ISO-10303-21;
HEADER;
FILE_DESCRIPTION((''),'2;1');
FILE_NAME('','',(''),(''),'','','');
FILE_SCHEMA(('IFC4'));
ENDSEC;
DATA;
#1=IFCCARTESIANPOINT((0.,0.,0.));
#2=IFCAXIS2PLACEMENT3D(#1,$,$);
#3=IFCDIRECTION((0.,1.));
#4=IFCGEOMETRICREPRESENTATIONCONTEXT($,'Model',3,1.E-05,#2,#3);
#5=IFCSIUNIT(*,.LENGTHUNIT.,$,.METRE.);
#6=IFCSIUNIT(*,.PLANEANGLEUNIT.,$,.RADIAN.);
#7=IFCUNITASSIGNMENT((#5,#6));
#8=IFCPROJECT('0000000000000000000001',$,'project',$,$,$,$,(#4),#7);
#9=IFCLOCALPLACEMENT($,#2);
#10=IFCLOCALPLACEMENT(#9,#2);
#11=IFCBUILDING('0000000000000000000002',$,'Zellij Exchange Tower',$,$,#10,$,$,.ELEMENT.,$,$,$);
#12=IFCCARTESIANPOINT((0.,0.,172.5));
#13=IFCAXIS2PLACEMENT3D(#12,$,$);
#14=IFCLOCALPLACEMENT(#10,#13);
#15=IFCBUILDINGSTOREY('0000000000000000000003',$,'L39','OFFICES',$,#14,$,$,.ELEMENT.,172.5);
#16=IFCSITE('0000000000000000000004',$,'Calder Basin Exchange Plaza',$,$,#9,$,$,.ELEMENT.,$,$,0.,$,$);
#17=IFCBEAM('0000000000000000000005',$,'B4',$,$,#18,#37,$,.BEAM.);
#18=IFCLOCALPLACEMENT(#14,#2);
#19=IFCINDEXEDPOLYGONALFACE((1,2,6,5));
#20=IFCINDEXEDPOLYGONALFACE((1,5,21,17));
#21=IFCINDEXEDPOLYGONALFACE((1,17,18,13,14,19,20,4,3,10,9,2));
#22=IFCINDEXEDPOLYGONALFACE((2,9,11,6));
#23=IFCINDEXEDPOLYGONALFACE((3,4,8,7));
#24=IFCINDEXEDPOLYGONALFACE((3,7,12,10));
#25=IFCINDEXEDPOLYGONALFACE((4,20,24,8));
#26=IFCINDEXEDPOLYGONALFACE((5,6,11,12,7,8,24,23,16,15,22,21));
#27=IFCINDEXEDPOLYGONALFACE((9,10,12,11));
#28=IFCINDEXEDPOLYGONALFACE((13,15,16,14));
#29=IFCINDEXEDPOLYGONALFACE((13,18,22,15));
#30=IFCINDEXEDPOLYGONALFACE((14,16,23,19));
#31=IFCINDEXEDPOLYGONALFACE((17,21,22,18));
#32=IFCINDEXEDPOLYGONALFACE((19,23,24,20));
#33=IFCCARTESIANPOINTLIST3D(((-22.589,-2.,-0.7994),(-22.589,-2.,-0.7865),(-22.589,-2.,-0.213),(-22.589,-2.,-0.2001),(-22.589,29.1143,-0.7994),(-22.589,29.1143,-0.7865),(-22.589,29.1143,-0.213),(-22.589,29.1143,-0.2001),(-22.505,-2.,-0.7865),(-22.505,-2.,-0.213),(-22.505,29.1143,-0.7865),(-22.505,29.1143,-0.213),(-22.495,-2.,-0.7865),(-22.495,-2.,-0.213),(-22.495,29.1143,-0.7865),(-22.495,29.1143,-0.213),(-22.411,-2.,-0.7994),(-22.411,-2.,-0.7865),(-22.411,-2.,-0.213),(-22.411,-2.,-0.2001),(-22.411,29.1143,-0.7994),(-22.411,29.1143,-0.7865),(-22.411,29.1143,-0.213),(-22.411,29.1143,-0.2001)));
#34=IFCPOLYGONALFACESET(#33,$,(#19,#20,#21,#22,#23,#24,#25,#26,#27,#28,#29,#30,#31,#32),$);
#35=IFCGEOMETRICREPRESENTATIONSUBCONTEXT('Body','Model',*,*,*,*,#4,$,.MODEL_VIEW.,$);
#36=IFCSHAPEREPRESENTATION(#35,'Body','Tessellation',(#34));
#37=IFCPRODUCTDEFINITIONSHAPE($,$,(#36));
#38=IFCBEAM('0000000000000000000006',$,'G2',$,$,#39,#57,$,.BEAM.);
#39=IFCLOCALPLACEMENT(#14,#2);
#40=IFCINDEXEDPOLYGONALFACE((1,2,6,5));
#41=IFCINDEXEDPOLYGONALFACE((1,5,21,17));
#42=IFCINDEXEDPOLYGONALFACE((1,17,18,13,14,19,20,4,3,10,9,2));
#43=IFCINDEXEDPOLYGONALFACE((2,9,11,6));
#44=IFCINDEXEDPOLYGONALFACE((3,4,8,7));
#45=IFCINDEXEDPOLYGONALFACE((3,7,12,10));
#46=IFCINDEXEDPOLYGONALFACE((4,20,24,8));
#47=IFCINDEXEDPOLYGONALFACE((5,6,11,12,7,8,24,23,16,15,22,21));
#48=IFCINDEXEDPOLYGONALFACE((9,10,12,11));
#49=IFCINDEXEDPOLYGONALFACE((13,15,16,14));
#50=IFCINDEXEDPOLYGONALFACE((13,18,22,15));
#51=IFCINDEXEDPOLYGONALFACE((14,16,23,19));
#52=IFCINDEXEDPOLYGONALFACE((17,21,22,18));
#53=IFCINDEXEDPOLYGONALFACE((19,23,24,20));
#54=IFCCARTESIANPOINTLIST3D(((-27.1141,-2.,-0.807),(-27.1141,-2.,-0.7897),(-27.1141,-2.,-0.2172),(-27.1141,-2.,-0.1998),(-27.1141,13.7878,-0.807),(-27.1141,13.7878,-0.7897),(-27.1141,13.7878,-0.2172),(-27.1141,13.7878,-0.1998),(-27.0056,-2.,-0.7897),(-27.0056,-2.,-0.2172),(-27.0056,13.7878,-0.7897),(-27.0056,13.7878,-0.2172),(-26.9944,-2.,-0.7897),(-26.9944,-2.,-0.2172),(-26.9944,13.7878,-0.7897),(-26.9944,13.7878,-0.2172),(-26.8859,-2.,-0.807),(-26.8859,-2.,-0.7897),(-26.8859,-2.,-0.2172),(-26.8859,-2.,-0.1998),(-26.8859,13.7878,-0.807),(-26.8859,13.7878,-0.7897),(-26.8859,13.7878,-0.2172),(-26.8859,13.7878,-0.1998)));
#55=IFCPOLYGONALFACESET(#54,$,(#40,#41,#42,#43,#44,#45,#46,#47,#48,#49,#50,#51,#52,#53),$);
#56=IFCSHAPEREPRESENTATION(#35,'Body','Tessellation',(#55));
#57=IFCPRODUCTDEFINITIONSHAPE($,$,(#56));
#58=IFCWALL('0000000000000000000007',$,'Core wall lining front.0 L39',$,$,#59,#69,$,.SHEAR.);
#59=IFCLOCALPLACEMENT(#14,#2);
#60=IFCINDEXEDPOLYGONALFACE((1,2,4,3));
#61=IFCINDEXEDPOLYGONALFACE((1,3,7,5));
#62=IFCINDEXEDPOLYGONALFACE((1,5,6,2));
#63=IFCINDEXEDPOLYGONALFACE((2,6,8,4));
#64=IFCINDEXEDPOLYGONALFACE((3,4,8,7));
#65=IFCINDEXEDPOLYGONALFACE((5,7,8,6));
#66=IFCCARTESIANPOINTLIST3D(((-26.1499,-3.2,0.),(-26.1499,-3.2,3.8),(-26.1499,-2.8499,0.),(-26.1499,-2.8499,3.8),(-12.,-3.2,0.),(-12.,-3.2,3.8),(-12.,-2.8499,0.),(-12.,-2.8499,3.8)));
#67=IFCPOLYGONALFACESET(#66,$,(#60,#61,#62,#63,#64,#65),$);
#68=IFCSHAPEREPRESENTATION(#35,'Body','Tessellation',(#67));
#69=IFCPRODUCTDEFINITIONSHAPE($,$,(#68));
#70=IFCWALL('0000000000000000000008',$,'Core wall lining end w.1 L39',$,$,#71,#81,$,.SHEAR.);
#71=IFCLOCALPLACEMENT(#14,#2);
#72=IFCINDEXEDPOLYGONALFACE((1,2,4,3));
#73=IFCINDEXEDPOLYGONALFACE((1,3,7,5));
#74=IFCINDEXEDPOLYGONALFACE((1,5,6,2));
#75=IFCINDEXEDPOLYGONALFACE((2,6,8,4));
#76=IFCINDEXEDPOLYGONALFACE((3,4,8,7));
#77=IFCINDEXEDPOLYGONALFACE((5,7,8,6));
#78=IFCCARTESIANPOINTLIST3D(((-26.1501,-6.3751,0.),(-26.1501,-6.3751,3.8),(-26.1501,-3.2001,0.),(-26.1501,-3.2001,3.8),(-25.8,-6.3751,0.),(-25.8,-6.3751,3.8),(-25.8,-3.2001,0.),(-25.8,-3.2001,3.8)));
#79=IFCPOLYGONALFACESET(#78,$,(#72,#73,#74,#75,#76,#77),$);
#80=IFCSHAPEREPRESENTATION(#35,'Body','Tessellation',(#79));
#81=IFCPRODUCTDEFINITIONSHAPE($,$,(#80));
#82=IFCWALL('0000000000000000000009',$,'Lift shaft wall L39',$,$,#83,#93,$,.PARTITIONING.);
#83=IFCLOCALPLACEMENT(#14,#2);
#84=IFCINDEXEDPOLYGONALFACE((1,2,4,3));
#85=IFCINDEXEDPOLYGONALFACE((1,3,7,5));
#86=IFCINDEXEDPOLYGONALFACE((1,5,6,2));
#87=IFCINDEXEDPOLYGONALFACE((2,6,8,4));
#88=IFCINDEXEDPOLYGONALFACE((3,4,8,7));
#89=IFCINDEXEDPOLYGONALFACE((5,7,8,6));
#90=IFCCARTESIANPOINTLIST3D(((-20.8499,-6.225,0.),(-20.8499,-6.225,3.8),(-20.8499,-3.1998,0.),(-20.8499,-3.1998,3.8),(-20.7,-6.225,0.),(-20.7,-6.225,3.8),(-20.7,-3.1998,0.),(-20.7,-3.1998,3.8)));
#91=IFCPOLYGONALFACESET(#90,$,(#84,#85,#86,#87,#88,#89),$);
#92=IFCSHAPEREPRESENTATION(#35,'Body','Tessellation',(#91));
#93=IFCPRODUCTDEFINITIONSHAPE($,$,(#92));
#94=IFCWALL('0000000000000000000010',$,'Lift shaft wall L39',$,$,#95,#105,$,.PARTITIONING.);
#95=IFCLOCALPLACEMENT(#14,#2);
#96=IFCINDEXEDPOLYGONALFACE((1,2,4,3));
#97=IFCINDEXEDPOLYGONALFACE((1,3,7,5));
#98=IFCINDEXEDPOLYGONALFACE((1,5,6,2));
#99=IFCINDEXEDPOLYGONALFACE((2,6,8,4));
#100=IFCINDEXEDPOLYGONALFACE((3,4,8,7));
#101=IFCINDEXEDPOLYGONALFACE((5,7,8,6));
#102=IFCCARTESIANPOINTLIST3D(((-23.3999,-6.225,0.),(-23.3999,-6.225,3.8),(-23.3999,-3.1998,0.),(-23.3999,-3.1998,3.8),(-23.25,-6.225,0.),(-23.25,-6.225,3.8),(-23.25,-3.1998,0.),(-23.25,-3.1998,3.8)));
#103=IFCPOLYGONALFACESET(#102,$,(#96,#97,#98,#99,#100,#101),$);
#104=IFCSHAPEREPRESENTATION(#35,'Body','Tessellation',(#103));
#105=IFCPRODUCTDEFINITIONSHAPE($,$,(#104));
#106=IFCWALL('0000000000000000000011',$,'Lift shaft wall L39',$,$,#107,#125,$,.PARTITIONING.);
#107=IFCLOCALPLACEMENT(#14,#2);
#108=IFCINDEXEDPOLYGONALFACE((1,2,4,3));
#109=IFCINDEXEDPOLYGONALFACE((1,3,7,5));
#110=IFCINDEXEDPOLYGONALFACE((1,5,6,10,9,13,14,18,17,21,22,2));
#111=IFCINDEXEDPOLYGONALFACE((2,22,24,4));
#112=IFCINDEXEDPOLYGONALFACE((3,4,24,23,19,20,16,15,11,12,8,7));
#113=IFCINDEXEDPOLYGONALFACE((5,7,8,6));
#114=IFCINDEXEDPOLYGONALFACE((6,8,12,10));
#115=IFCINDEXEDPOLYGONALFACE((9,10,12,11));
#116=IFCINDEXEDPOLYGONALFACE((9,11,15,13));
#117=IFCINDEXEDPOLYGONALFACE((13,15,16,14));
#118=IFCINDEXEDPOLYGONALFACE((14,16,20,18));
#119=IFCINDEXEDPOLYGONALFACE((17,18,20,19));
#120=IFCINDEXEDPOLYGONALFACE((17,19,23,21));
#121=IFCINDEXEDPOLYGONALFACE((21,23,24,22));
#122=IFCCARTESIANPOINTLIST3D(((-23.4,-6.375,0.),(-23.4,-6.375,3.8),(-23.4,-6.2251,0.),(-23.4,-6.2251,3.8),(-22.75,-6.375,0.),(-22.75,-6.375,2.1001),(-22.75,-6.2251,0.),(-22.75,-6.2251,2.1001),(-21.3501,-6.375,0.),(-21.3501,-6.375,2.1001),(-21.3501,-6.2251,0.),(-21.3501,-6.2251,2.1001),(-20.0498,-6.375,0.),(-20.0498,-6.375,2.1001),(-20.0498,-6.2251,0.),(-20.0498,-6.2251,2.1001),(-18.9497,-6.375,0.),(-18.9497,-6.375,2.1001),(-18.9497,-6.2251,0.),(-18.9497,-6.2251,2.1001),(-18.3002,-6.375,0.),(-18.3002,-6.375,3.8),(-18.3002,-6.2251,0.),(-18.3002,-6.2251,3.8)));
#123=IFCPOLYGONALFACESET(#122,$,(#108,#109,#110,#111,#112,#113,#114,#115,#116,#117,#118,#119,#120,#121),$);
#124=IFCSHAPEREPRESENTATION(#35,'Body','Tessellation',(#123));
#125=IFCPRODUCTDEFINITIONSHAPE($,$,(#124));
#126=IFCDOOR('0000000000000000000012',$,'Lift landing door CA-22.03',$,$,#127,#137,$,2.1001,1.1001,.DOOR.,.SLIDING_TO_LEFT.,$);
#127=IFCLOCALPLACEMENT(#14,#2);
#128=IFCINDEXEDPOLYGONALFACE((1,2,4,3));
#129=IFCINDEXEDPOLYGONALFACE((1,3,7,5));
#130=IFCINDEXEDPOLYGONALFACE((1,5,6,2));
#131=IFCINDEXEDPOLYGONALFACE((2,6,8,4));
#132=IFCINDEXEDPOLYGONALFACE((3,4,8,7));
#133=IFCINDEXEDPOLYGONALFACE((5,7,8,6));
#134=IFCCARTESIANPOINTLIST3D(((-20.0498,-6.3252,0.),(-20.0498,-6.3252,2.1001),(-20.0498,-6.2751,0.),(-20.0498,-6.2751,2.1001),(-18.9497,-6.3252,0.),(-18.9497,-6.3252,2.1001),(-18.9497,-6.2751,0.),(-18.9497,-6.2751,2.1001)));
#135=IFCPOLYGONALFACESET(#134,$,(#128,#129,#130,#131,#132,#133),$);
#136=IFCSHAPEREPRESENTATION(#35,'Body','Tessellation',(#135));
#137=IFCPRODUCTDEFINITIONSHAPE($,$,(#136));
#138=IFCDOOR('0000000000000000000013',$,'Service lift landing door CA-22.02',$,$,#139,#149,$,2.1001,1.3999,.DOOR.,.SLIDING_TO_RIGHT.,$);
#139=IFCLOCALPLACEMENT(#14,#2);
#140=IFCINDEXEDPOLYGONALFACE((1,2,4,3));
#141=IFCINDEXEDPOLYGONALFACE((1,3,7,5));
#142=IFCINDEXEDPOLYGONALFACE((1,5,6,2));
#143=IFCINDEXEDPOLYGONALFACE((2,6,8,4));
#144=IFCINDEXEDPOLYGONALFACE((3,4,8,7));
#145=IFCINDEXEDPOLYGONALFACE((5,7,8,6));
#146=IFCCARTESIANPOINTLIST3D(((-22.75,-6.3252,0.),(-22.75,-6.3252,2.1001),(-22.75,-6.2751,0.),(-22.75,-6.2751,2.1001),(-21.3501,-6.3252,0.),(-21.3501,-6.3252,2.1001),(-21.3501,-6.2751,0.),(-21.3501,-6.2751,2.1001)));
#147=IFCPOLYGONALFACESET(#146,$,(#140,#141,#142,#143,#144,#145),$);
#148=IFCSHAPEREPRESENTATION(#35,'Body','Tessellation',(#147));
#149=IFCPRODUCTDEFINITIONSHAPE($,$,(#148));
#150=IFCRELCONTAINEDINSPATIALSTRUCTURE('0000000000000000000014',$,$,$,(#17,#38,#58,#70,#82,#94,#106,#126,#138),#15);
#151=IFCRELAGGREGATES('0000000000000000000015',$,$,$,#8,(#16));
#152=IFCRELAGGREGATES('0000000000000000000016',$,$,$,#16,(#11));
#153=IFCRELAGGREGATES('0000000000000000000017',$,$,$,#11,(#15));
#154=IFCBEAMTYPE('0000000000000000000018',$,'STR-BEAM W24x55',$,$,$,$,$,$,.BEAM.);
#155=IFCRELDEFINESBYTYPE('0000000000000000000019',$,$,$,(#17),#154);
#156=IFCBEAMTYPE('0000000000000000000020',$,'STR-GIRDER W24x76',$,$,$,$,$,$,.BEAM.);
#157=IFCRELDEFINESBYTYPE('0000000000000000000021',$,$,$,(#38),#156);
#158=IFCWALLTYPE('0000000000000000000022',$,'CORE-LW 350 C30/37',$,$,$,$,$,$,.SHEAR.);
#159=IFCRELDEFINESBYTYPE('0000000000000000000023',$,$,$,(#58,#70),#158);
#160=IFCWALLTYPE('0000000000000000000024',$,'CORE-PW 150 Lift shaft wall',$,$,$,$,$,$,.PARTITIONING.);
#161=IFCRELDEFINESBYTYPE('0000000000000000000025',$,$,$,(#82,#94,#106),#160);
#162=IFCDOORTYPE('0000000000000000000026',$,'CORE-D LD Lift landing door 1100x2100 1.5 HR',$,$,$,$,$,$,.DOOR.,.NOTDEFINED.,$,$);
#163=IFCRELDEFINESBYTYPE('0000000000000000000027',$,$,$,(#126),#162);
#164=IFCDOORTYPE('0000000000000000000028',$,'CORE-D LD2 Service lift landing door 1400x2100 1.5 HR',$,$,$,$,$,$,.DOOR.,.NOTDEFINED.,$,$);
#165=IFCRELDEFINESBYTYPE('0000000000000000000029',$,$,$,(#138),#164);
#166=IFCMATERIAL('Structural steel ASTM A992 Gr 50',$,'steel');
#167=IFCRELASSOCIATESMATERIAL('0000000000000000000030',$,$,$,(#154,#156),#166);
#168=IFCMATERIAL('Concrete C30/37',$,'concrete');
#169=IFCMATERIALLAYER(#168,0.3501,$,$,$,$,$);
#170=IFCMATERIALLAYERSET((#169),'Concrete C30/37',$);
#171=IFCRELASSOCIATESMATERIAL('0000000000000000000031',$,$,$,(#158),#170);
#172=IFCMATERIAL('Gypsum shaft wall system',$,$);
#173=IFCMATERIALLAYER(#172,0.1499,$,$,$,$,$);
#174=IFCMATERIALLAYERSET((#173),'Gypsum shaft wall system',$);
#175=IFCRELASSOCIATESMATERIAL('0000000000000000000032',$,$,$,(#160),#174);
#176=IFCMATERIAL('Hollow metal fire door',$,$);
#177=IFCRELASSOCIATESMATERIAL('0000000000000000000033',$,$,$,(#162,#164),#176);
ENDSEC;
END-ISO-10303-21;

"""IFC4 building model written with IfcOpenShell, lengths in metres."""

from ifc_helpers import new_model, si_unit, direction, frame, frame_2d, origin, origin_2d, place, context, subcontext, project, spatial, rectangle, i_section, extrude, material, layer, layer_set, material_profile, profile_set, type_object, element, fill, save


model = new_model("IFC4")

# Units and contexts
model_context = context("Model", 3, precision=1e-05, world=origin(), true_north=direction((0.0, 1.0)))
body_context = subcontext(model_context, "Body", "Model", "MODEL_VIEW")
ifc_project = project(units=[si_unit("LENGTHUNIT", "METRE"), si_unit("PLANEANGLEUNIT", "RADIAN")], contexts=[model_context])

# Site, building, storey
site_placement = place(None, origin())
site = spatial("IfcSite", under=ifc_project, at=site_placement, Name="Calder Basin Exchange Plaza", CompositionType="ELEMENT", RefElevation=0.0)
building_placement = place(site_placement, origin())
building = spatial("IfcBuilding", under=site, at=building_placement, Name="Zellij Exchange Tower", CompositionType="ELEMENT")
storey_placement = place(building_placement, frame((0.0, 0.0, 172.5)))
storey = spatial("IfcBuildingStorey", under=building, at=storey_placement, Name="L39", Description="OFFICES", CompositionType="ELEMENT", Elevation=172.5)

# Beams
ifc_material_1 = material(Name="Structural steel ASTM A992 Gr 50", Category="steel")
ifc_material_profile_1 = material_profile(ifc_material_1, i_section(OverallWidth=0.178, OverallDepth=0.5994, WebThickness=0.01, FlangeThickness=0.0129, at=origin_2d()), Name="W24x55")
ifc_profile_set_1 = profile_set([ifc_material_profile_1], Name="Structural steel ASTM A992 Gr 50")
beam_type_1 = type_object("IfcBeamType", Name="STR-BEAM W24x55", PredefinedType="BEAM", material=ifc_profile_set_1)
beam_1_placement = place(storey_placement, frame((-22.5, -2.0, -0.4998), z_axis=(0.0, 1.0, 0.0), x_axis=(-1.0, 0.0, 0.0)))
element("IfcBeam", 1, at=beam_1_placement, inside=storey, type_object=beam_type_1, Name="B4", PredefinedType="BEAM", context=body_context, shape_type="SweptSolid", body=[
    extrude(i_section(OverallWidth=0.178, OverallDepth=0.5994, WebThickness=0.01, FlangeThickness=0.0129, at=origin_2d()), origin(), (0.0, 0.0, 1.0), 31.1143),
])
ifc_material_profile_2 = material_profile(ifc_material_1, i_section(OverallWidth=0.2283, OverallDepth=0.6072, WebThickness=0.0112, FlangeThickness=0.0173, at=origin_2d()), Name="W24x76")
ifc_profile_set_2 = profile_set([ifc_material_profile_2], Name="Structural steel ASTM A992 Gr 50")
beam_type_2 = type_object("IfcBeamType", Name="STR-GIRDER W24x76", PredefinedType="BEAM", material=ifc_profile_set_2)
beam_2_placement = place(storey_placement, frame((-27.0, -2.0, -0.5034), z_axis=(0.0, 1.0, 0.0), x_axis=(-1.0, 0.0, 0.0)))
element("IfcBeam", 2, at=beam_2_placement, inside=storey, type_object=beam_type_2, Name="G2", PredefinedType="BEAM", context=body_context, shape_type="SweptSolid", body=[
    extrude(i_section(OverallWidth=0.2283, OverallDepth=0.6072, WebThickness=0.0112, FlangeThickness=0.0173, at=origin_2d()), origin(), (0.0, 0.0, 1.0), 15.7878),
])

# Walls
ifc_material_2 = material(Name="Concrete C30/37", Category="concrete")
ifc_layer_1 = layer(ifc_material_2, 0.3501)
ifc_layer_set_1 = layer_set([ifc_layer_1], Name="Concrete C30/37")
wall_type_1 = type_object("IfcWallType", Name="CORE-LW 350 C30/37", PredefinedType="SHEAR", material=ifc_layer_set_1)
wall_1_placement = place(storey_placement, frame((-26.1499, -3.0249, 0.0), z_axis=(0.0, 0.0, 1.0), x_axis=(1.0, 0.0, 0.0)))
element("IfcWall", 3, at=wall_1_placement, inside=storey, type_object=wall_type_1, Name="Core wall lining front.0 L39", PredefinedType="SHEAR", context=body_context, shape_type="SweptSolid", body=[
    extrude(rectangle(XDim=14.1499, YDim=0.3501, at=frame_2d((7.075, 0.0))), origin(), (0.0, 0.0, 1.0), 3.8),
])
wall_2_placement = place(storey_placement, frame((-25.9751, -6.375, 0.0), z_axis=(0.0, 0.0, 1.0), x_axis=(0.0, 1.0, 0.0)))
element("IfcWall", 4, at=wall_2_placement, inside=storey, type_object=wall_type_1, Name="Core wall lining end w.1 L39", PredefinedType="SHEAR", context=body_context, shape_type="SweptSolid", body=[
    extrude(rectangle(XDim=3.175, YDim=0.3501, at=frame_2d((1.5874, 0.0))), origin(), (0.0, 0.0, 1.0), 3.8),
])
ifc_material_3 = material(Name="Gypsum shaft wall system")
ifc_layer_2 = layer(ifc_material_3, 0.1499)
ifc_layer_set_2 = layer_set([ifc_layer_2], Name="Gypsum shaft wall system")
wall_type_2 = type_object("IfcWallType", Name="CORE-PW 150 Lift shaft wall", PredefinedType="PARTITIONING", material=ifc_layer_set_2)
for number, where, z_axis, x_axis, name in (
    (5, (-20.7749, -6.2251, 0.0), (0.0, 0.0, 1.0), (0.0, 1.0, 0.0), "Lift shaft wall L39"),
    (6, (-23.325, -6.2251, 0.0), (0.0, 0.0, 1.0), (0.0, 1.0, 0.0), "Lift shaft wall L39"),
):
    element("IfcWall", number, at=place(storey_placement, frame(where, z_axis=z_axis, x_axis=x_axis)), inside=storey, type_object=wall_type_2, Name=name, PredefinedType="PARTITIONING", context=body_context, shape_type="SweptSolid", body=[
        extrude(rectangle(XDim=3.0251, YDim=0.1499, at=frame_2d((1.5127, 0.0))), origin(), (0.0, 0.0, 1.0), 3.8),
    ])

# Wall, openings, doors
wall_3_placement = place(storey_placement, frame((-23.3999, -6.3, 0.0), z_axis=(0.0, 0.0, 1.0), x_axis=(1.0, 0.0, 0.0)))
wall_3 = element("IfcWall", 7, at=wall_3_placement, inside=storey, type_object=wall_type_2, Name="Lift shaft wall L39", PredefinedType="PARTITIONING", context=body_context, shape_type="SweptSolid", body=[
    extrude(rectangle(XDim=5.0999, YDim=0.1499, at=frame_2d((2.5498, 0.0))), origin(), (0.0, 0.0, 1.0), 3.8),
])
opening_1_placement = place(wall_3_placement, frame((0.6499, 0.0, 0.0)))
opening_1 = element("IfcOpeningElement", 8, at=opening_1_placement, cuts=wall_3, PredefinedType="OPENING", context=body_context, shape_type="SweptSolid", body=[
    extrude(rectangle(XDim=1.3999, YDim=2.1001, at=frame_2d((0.7, 1.05))), frame((0.0, 0.0869, 0.0), z_axis=(0.0, -1.0, 0.0), x_axis=(1.0, 0.0, 0.0)), (0.0, 0.0, 1.0), 0.1738),
])
opening_2_placement = place(wall_3_placement, frame((3.3501, 0.0, 0.0)))
opening_2 = element("IfcOpeningElement", 9, at=opening_2_placement, cuts=wall_3, PredefinedType="OPENING", context=body_context, shape_type="SweptSolid", body=[
    extrude(rectangle(XDim=1.1001, YDim=2.1001, at=frame_2d((0.55, 1.05))), frame((0.0, 0.0869, 0.0), z_axis=(0.0, -1.0, 0.0), x_axis=(1.0, 0.0, 0.0)), (0.0, 0.0, 1.0), 0.1738),
])
ifc_material_4 = material(Name="Hollow metal fire door")
door_type_1 = type_object("IfcDoorType", Name="CORE-D LD Lift landing door 1100x2100 1.5 HR", OperationType="NOTDEFINED", PredefinedType="DOOR", material=ifc_material_4)
door_1_placement = place(opening_2_placement, origin())
door_1 = element("IfcDoor", 10, at=door_1_placement, inside=storey, type_object=door_type_1, Name="Lift landing door CA-22.03", OperationType="SLIDING_TO_LEFT", OverallHeight=2.1001, OverallWidth=1.1001, PredefinedType="DOOR", context=body_context, shape_type="SweptSolid", body=[
    extrude(rectangle(XDim=1.1001, YDim=2.1001, at=frame_2d((0.55, 1.05))), frame((0.0, 0.0249, 0.0), z_axis=(0.0, -1.0, 0.0), x_axis=(1.0, 0.0, 0.0)), (0.0, 0.0, 1.0), 0.05),
])
fill(opening_2, door_1)
door_type_2 = type_object("IfcDoorType", Name="CORE-D LD2 Service lift landing door 1400x2100 1.5 HR", OperationType="NOTDEFINED", PredefinedType="DOOR", material=ifc_material_4)
door_2_placement = place(opening_1_placement, origin())
door_2 = element("IfcDoor", 11, at=door_2_placement, inside=storey, type_object=door_type_2, Name="Service lift landing door CA-22.02", OperationType="SLIDING_TO_RIGHT", OverallHeight=2.1001, OverallWidth=1.3999, PredefinedType="DOOR", context=body_context, shape_type="SweptSolid", body=[
    extrude(rectangle(XDim=1.3999, YDim=2.1001, at=frame_2d((0.7, 1.05))), frame((0.0, 0.0249, 0.0), z_axis=(0.0, -1.0, 0.0), x_axis=(1.0, 0.0, 0.0)), (0.0, 0.0, 1.0), 0.05),
])
fill(opening_1, door_2)

save(model, "model.ifc")
